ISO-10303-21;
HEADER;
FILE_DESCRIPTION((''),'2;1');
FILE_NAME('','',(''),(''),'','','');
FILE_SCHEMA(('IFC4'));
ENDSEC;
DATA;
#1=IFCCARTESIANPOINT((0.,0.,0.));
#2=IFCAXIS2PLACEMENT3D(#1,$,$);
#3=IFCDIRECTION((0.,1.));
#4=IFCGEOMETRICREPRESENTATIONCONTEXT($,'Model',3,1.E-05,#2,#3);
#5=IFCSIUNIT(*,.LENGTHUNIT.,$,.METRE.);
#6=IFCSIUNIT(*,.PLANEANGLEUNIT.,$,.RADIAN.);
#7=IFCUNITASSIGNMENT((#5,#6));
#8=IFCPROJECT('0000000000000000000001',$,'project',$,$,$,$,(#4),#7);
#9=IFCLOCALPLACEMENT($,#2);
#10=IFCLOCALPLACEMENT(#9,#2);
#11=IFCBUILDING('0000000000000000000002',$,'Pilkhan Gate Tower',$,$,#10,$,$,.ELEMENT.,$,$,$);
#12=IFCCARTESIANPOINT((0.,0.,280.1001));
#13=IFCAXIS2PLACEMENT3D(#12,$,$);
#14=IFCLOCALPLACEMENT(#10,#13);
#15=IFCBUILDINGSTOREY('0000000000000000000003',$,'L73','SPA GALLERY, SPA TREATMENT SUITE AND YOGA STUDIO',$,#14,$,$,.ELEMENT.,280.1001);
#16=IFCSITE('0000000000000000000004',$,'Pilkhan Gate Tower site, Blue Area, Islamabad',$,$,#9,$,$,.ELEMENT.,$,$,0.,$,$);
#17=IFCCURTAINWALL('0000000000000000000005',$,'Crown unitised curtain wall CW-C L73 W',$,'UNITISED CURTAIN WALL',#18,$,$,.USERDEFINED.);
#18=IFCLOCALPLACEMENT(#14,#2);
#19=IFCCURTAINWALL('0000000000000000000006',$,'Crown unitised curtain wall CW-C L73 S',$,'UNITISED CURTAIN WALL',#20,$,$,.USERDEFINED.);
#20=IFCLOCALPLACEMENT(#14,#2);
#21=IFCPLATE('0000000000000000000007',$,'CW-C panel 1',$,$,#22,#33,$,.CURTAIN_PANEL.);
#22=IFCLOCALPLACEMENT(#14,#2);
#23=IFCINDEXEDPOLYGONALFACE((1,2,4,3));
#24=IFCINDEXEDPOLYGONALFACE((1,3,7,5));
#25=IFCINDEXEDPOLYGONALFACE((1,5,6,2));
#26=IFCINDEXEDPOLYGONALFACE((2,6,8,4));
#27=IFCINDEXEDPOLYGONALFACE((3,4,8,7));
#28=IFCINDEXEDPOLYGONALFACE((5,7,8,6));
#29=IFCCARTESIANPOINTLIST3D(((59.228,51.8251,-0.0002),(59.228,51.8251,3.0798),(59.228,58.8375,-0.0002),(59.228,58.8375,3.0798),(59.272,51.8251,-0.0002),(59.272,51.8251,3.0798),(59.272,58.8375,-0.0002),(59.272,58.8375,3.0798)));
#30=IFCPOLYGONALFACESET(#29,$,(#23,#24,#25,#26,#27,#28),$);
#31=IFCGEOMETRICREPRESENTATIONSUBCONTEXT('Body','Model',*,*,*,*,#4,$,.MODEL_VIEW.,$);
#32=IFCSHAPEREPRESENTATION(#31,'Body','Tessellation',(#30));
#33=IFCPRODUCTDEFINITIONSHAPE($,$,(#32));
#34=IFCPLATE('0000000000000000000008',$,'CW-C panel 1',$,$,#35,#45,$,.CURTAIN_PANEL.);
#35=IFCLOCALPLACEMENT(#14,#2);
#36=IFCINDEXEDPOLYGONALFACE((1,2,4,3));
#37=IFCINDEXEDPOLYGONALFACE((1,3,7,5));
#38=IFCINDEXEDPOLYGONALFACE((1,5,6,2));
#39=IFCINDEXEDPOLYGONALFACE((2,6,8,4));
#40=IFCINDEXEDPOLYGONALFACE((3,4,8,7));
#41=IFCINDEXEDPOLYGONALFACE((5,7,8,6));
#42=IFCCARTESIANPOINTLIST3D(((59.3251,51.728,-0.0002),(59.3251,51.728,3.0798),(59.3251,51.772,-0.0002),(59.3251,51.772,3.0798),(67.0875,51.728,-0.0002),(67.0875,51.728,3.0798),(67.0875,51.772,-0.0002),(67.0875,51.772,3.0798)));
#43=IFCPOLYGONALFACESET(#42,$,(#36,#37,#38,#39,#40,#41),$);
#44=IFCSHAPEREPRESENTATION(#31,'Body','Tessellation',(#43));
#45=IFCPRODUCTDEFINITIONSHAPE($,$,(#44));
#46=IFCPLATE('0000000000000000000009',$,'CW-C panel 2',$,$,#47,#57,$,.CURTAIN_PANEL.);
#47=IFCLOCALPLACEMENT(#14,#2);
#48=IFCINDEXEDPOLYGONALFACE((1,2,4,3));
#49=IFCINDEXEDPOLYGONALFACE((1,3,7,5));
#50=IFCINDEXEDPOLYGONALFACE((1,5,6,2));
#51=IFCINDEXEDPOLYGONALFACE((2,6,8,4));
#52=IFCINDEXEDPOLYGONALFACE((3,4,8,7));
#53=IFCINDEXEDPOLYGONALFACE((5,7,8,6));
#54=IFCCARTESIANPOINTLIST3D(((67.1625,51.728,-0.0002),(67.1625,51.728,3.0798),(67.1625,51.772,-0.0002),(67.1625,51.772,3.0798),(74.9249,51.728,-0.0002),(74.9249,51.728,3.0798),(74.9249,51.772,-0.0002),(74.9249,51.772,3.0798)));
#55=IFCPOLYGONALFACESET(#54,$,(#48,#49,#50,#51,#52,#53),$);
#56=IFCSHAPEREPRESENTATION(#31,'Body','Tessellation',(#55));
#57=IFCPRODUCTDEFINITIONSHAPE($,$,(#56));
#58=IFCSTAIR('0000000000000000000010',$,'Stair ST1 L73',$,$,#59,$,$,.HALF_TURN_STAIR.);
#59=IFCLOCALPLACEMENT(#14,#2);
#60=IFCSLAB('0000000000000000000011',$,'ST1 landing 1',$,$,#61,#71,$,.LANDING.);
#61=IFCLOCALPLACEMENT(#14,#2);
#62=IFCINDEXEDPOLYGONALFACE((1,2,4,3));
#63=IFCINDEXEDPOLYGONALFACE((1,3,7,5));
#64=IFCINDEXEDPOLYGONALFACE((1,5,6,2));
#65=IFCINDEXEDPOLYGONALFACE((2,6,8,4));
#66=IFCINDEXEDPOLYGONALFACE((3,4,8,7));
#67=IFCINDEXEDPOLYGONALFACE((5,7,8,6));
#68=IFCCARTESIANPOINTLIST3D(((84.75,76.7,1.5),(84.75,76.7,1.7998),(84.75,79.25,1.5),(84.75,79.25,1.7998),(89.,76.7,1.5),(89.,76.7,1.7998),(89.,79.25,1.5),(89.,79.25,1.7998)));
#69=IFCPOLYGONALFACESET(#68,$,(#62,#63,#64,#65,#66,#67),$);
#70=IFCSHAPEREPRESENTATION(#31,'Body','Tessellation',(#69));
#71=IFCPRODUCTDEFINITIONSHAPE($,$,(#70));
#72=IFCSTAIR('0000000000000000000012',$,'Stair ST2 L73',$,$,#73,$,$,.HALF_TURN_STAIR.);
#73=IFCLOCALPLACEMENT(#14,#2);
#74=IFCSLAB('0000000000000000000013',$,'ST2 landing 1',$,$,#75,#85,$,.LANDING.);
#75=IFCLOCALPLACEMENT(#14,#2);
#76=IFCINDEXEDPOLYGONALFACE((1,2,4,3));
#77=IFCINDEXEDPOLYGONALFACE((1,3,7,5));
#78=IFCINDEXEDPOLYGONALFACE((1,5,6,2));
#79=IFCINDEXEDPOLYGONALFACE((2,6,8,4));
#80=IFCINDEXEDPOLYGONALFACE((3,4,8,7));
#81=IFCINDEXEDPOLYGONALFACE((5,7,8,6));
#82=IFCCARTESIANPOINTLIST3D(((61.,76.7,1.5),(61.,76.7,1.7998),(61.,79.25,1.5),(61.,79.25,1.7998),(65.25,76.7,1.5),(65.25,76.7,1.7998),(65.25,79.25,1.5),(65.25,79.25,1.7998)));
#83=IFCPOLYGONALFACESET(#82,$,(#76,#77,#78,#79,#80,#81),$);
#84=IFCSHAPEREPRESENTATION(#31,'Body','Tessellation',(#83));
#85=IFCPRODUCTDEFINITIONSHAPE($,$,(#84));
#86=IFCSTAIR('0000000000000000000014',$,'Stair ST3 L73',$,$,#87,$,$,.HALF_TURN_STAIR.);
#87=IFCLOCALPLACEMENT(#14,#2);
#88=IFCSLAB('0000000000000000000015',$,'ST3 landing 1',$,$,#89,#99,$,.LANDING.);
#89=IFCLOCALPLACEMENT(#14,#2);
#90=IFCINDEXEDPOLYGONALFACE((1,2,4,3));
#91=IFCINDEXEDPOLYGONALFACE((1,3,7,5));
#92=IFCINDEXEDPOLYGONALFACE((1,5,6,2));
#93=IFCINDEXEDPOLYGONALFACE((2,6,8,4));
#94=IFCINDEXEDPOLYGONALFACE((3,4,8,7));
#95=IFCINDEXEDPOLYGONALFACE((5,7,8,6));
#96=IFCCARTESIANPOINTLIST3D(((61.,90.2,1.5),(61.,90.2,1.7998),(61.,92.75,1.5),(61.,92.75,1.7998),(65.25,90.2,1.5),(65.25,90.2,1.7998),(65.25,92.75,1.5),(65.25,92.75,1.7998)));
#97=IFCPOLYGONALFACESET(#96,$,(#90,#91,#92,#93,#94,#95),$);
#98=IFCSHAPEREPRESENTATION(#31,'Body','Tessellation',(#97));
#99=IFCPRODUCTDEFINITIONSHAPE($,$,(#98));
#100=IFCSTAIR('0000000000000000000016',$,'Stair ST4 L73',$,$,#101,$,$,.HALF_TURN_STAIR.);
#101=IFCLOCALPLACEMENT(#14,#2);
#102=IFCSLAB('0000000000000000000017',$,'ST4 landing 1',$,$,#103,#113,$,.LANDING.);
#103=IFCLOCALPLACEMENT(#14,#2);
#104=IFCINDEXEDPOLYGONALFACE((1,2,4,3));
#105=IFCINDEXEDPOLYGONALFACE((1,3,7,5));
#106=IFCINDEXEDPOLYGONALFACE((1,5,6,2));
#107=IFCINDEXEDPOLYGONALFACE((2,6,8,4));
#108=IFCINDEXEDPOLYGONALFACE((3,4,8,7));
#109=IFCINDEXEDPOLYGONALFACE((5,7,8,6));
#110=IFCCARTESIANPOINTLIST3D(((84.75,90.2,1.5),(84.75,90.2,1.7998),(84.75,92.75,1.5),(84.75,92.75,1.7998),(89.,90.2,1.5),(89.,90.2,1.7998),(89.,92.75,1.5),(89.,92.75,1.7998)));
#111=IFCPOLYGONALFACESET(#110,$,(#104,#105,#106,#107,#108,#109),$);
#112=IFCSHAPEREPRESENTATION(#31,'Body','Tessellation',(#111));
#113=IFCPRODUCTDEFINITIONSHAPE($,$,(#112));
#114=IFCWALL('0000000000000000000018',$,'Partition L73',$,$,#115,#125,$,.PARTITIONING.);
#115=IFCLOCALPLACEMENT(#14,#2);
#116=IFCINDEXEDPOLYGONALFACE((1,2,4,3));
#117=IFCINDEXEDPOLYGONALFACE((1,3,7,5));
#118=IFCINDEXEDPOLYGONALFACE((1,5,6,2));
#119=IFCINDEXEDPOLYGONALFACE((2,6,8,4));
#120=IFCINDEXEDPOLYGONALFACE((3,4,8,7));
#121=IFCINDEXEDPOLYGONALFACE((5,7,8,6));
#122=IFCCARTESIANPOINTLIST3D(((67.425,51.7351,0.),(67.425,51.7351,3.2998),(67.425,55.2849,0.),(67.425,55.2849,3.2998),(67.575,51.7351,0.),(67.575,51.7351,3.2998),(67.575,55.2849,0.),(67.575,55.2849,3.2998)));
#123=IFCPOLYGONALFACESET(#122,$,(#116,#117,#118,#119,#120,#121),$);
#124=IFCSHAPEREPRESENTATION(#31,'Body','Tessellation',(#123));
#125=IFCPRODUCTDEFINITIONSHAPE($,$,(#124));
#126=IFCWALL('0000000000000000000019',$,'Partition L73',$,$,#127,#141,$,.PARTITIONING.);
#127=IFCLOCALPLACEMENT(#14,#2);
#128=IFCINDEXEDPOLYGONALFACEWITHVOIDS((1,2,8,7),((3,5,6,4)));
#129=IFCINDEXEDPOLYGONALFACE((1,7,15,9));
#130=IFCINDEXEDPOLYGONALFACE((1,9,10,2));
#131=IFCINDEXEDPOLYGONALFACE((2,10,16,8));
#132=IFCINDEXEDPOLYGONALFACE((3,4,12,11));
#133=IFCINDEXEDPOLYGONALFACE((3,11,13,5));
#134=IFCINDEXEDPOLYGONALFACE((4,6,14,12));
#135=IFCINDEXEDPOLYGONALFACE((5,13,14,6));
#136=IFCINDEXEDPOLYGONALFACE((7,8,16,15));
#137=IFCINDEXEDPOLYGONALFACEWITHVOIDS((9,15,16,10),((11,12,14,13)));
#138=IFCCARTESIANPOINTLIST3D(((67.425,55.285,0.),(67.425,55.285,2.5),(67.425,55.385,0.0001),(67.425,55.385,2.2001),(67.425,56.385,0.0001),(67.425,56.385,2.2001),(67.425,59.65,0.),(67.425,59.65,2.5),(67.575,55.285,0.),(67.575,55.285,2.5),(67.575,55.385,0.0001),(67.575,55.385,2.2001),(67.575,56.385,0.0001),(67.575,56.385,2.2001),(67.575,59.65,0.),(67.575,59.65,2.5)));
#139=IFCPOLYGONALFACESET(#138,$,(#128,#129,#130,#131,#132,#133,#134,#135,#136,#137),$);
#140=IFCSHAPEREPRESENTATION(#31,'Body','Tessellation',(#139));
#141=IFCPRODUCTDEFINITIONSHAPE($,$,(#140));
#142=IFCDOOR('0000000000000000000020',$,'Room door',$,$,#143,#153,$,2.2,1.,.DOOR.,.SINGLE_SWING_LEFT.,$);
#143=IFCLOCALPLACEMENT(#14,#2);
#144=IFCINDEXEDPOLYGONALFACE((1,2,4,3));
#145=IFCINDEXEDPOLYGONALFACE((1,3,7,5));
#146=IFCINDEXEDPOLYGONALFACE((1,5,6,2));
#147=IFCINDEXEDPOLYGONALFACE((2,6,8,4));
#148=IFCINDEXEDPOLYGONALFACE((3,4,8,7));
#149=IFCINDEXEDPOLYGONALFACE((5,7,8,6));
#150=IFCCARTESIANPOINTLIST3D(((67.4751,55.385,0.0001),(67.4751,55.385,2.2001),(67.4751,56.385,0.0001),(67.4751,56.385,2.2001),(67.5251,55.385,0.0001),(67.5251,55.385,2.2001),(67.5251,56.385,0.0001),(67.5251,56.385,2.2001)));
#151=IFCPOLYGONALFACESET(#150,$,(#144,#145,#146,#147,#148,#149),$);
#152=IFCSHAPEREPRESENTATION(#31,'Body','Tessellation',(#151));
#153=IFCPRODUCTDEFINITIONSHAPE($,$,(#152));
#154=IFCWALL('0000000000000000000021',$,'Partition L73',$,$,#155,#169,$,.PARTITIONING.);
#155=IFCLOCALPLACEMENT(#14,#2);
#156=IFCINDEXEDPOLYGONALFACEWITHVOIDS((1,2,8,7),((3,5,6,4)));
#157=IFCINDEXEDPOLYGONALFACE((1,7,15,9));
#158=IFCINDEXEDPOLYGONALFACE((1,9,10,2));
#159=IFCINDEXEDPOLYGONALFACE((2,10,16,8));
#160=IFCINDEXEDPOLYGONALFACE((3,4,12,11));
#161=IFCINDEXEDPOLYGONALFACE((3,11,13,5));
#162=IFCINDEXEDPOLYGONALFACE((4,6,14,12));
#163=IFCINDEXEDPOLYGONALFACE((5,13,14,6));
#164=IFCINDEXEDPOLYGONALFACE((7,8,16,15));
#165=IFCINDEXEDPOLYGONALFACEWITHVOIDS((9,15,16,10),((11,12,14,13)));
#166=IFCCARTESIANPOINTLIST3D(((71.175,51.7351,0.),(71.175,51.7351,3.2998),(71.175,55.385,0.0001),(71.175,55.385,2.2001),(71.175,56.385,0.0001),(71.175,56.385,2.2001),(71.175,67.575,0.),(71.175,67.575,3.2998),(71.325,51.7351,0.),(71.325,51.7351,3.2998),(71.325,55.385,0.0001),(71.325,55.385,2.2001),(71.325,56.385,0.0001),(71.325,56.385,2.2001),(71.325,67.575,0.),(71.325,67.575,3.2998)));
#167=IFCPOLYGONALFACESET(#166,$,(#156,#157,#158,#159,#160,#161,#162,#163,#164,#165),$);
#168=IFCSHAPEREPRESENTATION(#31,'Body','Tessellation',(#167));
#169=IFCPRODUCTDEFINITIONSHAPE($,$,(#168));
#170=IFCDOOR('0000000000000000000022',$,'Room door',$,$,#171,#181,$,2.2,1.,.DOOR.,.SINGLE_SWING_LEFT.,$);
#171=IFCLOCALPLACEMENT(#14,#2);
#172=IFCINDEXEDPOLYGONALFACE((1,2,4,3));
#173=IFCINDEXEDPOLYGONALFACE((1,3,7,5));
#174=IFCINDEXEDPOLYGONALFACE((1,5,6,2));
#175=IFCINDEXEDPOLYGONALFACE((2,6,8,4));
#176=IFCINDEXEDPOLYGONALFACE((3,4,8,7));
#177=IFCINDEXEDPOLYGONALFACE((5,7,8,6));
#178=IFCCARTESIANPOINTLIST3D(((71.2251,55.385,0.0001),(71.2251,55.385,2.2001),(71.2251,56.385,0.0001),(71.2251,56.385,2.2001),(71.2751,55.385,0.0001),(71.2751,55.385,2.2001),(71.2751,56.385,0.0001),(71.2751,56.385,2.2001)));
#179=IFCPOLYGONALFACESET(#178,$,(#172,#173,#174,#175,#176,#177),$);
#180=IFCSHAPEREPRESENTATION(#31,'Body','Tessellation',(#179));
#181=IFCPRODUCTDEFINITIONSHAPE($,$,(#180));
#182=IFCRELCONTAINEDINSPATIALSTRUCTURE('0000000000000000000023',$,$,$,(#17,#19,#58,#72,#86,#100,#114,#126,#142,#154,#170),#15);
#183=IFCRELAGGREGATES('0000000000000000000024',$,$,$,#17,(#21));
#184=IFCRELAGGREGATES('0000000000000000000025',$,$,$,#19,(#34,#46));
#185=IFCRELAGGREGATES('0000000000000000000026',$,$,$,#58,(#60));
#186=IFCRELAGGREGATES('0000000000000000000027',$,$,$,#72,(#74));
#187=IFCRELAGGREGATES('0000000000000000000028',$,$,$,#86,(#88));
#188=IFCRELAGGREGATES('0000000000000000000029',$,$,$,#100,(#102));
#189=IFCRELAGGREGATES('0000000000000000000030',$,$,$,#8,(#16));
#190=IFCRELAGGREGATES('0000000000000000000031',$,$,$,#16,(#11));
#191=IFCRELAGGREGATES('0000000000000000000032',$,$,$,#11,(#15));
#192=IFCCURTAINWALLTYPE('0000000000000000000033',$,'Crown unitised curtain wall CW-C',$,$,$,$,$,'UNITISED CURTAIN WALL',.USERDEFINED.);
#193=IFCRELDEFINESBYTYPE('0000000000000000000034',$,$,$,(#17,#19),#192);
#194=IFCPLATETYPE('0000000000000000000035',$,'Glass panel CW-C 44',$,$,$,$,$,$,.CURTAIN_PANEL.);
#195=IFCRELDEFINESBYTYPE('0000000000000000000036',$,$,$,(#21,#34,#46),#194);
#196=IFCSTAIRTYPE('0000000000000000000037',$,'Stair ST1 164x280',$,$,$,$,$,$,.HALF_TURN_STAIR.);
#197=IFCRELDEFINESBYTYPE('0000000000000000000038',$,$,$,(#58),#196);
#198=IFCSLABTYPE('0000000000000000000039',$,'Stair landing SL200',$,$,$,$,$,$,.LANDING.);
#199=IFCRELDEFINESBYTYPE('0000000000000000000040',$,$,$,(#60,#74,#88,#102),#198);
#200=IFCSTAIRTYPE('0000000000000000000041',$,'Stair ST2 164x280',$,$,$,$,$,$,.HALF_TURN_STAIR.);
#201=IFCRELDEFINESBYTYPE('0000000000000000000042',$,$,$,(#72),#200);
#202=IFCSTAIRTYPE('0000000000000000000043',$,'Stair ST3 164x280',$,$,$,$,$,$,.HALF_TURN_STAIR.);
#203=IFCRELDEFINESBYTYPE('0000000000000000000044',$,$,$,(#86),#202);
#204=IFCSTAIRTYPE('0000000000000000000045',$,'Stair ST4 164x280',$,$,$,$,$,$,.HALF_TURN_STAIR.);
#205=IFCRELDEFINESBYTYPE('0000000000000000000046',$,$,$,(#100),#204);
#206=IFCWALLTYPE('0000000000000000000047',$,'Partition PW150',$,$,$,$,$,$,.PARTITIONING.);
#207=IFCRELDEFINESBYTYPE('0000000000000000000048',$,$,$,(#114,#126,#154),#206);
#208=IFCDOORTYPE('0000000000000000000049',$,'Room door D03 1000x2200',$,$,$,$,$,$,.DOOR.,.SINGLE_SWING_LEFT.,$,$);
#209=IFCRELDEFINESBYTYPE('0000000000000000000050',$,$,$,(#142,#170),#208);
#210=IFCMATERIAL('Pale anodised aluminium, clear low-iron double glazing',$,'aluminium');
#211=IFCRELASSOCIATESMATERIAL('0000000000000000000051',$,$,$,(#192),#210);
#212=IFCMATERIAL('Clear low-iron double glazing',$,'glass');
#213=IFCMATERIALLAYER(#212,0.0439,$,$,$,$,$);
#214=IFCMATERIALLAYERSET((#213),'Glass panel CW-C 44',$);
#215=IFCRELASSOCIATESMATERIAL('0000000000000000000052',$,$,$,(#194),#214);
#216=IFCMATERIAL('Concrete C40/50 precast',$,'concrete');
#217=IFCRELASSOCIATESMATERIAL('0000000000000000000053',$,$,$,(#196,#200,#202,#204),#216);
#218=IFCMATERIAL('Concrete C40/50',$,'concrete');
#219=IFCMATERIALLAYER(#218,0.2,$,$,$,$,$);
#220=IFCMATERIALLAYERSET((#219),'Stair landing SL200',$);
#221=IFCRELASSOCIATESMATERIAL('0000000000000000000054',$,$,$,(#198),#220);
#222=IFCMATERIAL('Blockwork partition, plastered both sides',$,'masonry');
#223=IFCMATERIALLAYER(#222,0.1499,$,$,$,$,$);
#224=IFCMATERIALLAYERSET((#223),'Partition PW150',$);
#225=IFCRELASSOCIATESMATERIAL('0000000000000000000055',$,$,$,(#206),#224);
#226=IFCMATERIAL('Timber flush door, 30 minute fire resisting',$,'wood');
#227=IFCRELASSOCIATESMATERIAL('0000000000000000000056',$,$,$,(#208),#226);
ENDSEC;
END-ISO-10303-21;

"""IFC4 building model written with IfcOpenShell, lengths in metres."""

from ifc_helpers import new_model, si_unit, direction, frame, frame_2d, origin, origin_2d, place, context, subcontext, project, spatial, polyline, rectangle, outline, extrude, material, layer, layer_set, type_object, element, fill, aggregate, save


model = new_model("IFC4")

# Units and contexts
model_context = context("Model", 3, precision=1e-05, world=origin(), true_north=direction((0.0, 1.0)))
body_context = subcontext(model_context, "Body", "Model", "MODEL_VIEW")
ifc_project = project(units=[si_unit("LENGTHUNIT", "METRE"), si_unit("PLANEANGLEUNIT", "RADIAN")], contexts=[model_context])

# Site, building, storey
site_placement = place(None, origin())
site = spatial("IfcSite", under=ifc_project, at=site_placement, Name="Pilkhan Gate Tower site, Blue Area, Islamabad", CompositionType="ELEMENT", RefElevation=0.0)
building_placement = place(site_placement, origin())
building = spatial("IfcBuilding", under=site, at=building_placement, Name="Pilkhan Gate Tower", CompositionType="ELEMENT")
storey_placement = place(building_placement, frame((0.0, 0.0, 280.1001)))
storey = spatial("IfcBuildingStorey", under=building, at=storey_placement, Name="L73", Description="SPA GALLERY, SPA TREATMENT SUITE AND YOGA STUDIO", CompositionType="ELEMENT", Elevation=280.1001)

# Shared definitions
ifc_material_1 = material(Name="Concrete C40/50", Category="concrete")

# Curtain walls
ifc_material_2 = material(Name="Pale anodised aluminium, clear low-iron double glazing", Category="aluminium")
curtain_wall_type = type_object("IfcCurtainWallType", Name="Crown unitised curtain wall CW-C", ElementType="UNITISED CURTAIN WALL", PredefinedType="USERDEFINED", material=ifc_material_2)
curtain_wall_1_placement = place(storey_placement, origin())
curtain_wall_1 = element("IfcCurtainWall", 1, at=curtain_wall_1_placement, inside=storey, type_object=curtain_wall_type, Name="Crown unitised curtain wall CW-C L73 W", ObjectType="UNITISED CURTAIN WALL", PredefinedType="USERDEFINED")
curtain_wall_2_placement = place(storey_placement, origin())
curtain_wall_2 = element("IfcCurtainWall", 2, at=curtain_wall_2_placement, inside=storey, type_object=curtain_wall_type, Name="Crown unitised curtain wall CW-C L73 S", ObjectType="UNITISED CURTAIN WALL", PredefinedType="USERDEFINED")

# Plates
ifc_material_3 = material(Name="Clear low-iron double glazing", Category="glass")
ifc_layer_1 = layer(ifc_material_3, 0.0439)
ifc_layer_set_1 = layer_set([ifc_layer_1], Name="Glass panel CW-C 44")
plate_type = type_object("IfcPlateType", Name="Glass panel CW-C 44", PredefinedType="CURTAIN_PANEL", material=ifc_layer_set_1)
plate_1_placement = place(storey_placement, frame((59.25, 55.3313, -0.0002), z_axis=(0.0, 0.0, 1.0), x_axis=(0.0, 1.0, 0.0)))
plate_1 = element("IfcPlate", 3, at=plate_1_placement, type_object=plate_type, Name="CW-C panel 1", PredefinedType="CURTAIN_PANEL", context=body_context, shape_type="SweptSolid", body=[
    extrude(rectangle(XDim=7.0125, YDim=0.0439, at=origin_2d()), origin(), (0.0, 0.0, 1.0), 3.0801),
])
aggregate(curtain_wall_1, [plate_1])
plate_2_placement = place(storey_placement, frame((63.2063, 51.75, -0.0002), z_axis=(0.0, 0.0, 1.0), x_axis=(1.0, 0.0, 0.0)))
plate_2 = element("IfcPlate", 4, at=plate_2_placement, type_object=plate_type, Name="CW-C panel 1", PredefinedType="CURTAIN_PANEL", context=body_context, shape_type="SweptSolid", body=[
    extrude(rectangle(XDim=7.7625, YDim=0.0439, at=origin_2d()), origin(), (0.0, 0.0, 1.0), 3.0801),
])
plate_3_placement = place(storey_placement, frame((71.0437, 51.75, -0.0002), z_axis=(0.0, 0.0, 1.0), x_axis=(1.0, 0.0, 0.0)))
plate_3 = element("IfcPlate", 5, at=plate_3_placement, type_object=plate_type, Name="CW-C panel 2", PredefinedType="CURTAIN_PANEL", context=body_context, shape_type="SweptSolid", body=[
    extrude(rectangle(XDim=7.7625, YDim=0.0439, at=origin_2d()), origin(), (0.0, 0.0, 1.0), 3.0801),
])
aggregate(curtain_wall_2, [plate_2, plate_3])

# Stairs, slabs
ifc_material_4 = material(Name="Concrete C40/50 precast", Category="concrete")
stair_type_1 = type_object("IfcStairType", Name="Stair ST1 164x280", PredefinedType="HALF_TURN_STAIR", material=ifc_material_4)
stair_1_placement = place(storey_placement, origin())
stair_1 = element("IfcStair", 6, at=stair_1_placement, inside=storey, type_object=stair_type_1, Name="Stair ST1 L73", PredefinedType="HALF_TURN_STAIR")
ifc_layer_2 = layer(ifc_material_1, 0.2)
ifc_layer_set_2 = layer_set([ifc_layer_2], Name="Stair landing SL200")
slab_type_1 = type_object("IfcSlabType", Name="Stair landing SL200", PredefinedType="LANDING", material=ifc_layer_set_2)
slab_1_placement = place(storey_placement, frame((0.0, 0.0, 1.5)))
slab_1 = element("IfcSlab", 7, at=slab_1_placement, type_object=slab_type_1, Name="ST1 landing 1", PredefinedType="LANDING", context=body_context, shape_type="SweptSolid", body=[
    extrude(outline(polyline([(89.0, 76.7), (89.0, 79.25), (84.75, 79.25), (84.75, 76.7), (89.0, 76.7)])), origin(), (0.0, 0.0, 1.0), 0.2998),
])
aggregate(stair_1, [slab_1])
stair_type_2 = type_object("IfcStairType", Name="Stair ST2 164x280", PredefinedType="HALF_TURN_STAIR", material=ifc_material_4)
stair_2_placement = place(storey_placement, origin())
stair_2 = element("IfcStair", 8, at=stair_2_placement, inside=storey, type_object=stair_type_2, Name="Stair ST2 L73", PredefinedType="HALF_TURN_STAIR")
slab_2_placement = place(storey_placement, frame((0.0, 0.0, 1.5)))
slab_2 = element("IfcSlab", 9, at=slab_2_placement, type_object=slab_type_1, Name="ST2 landing 1", PredefinedType="LANDING", context=body_context, shape_type="SweptSolid", body=[
    extrude(outline(polyline([(65.25, 76.7), (65.25, 79.25), (61.0, 79.25), (61.0, 76.7), (65.25, 76.7)])), origin(), (0.0, 0.0, 1.0), 0.2998),
])
aggregate(stair_2, [slab_2])
stair_type_3 = type_object("IfcStairType", Name="Stair ST3 164x280", PredefinedType="HALF_TURN_STAIR", material=ifc_material_4)
stair_3_placement = place(storey_placement, origin())
stair_3 = element("IfcStair", 10, at=stair_3_placement, inside=storey, type_object=stair_type_3, Name="Stair ST3 L73", PredefinedType="HALF_TURN_STAIR")
slab_3_placement = place(storey_placement, frame((0.0, 0.0, 1.5)))
slab_3 = element("IfcSlab", 11, at=slab_3_placement, type_object=slab_type_1, Name="ST3 landing 1", PredefinedType="LANDING", context=body_context, shape_type="SweptSolid", body=[
    extrude(outline(polyline([(65.25, 90.2), (65.25, 92.75), (61.0, 92.75), (61.0, 90.2), (65.25, 90.2)])), origin(), (0.0, 0.0, 1.0), 0.2998),
])
aggregate(stair_3, [slab_3])
stair_type_4 = type_object("IfcStairType", Name="Stair ST4 164x280", PredefinedType="HALF_TURN_STAIR", material=ifc_material_4)
stair_4_placement = place(storey_placement, origin())
stair_4 = element("IfcStair", 12, at=stair_4_placement, inside=storey, type_object=stair_type_4, Name="Stair ST4 L73", PredefinedType="HALF_TURN_STAIR")
slab_4_placement = place(storey_placement, frame((0.0, 0.0, 1.5)))
slab_4 = element("IfcSlab", 13, at=slab_4_placement, type_object=slab_type_1, Name="ST4 landing 1", PredefinedType="LANDING", context=body_context, shape_type="SweptSolid", body=[
    extrude(outline(polyline([(89.0, 90.2), (89.0, 92.75), (84.75, 92.75), (84.75, 90.2), (89.0, 90.2)])), origin(), (0.0, 0.0, 1.0), 0.2998),
])
aggregate(stair_4, [slab_4])

# Wall
ifc_material_5 = material(Name="Blockwork partition, plastered both sides", Category="masonry")
ifc_layer_3 = layer(ifc_material_5, 0.1499)
ifc_layer_set_3 = layer_set([ifc_layer_3], Name="Partition PW150")
wall_type = type_object("IfcWallType", Name="Partition PW150", PredefinedType="PARTITIONING", material=ifc_layer_set_3)
wall_1_placement = place(storey_placement, frame((67.5, 51.7351, 0.0), z_axis=(0.0, 0.0, 1.0), x_axis=(0.0, 1.0, 0.0)))
element("IfcWall", 14, at=wall_1_placement, inside=storey, type_object=wall_type, Name="Partition L73", PredefinedType="PARTITIONING", context=body_context, shape_type="SweptSolid", body=[
    extrude(rectangle(XDim=3.5498, YDim=0.1499, at=frame_2d((1.7749, 0.0))), origin(), (0.0, 0.0, 1.0), 3.2998),
])

# Walls, openings, doors
wall_2_placement = place(storey_placement, frame((67.5, 55.2849, 0.0), z_axis=(0.0, 0.0, 1.0), x_axis=(0.0, 1.0, 0.0)))
wall_2 = element("IfcWall", 15, at=wall_2_placement, inside=storey, type_object=wall_type, Name="Partition L73", PredefinedType="PARTITIONING", context=body_context, shape_type="SweptSolid", body=[
    extrude(rectangle(XDim=4.365, YDim=0.1499, at=frame_2d((2.1826, 0.0))), origin(), (0.0, 0.0, 1.0), 2.5),
])
opening_1_placement = place(wall_2_placement, frame((0.1001, 0.0, 0.0)))
opening_1 = element("IfcOpeningElement", 16, at=opening_1_placement, cuts=wall_2, PredefinedType="OPENING", context=body_context, shape_type="SweptSolid", body=[
    extrude(rectangle(XDim=1.0, YDim=2.2, at=frame_2d((0.5, 1.1001))), frame((0.0, 0.085, 0.0), z_axis=(0.0, -1.0, 0.0), x_axis=(1.0, 0.0, 0.0)), (0.0, 0.0, 1.0), 0.1699),
])
ifc_material_6 = material(Name="Timber flush door, 30 minute fire resisting", Category="wood")
door_type = type_object("IfcDoorType", Name="Room door D03 1000x2200", OperationType="SINGLE_SWING_LEFT", PredefinedType="DOOR", material=ifc_material_6)
door_1_placement = place(opening_1_placement, origin())
door_1 = element("IfcDoor", 17, at=door_1_placement, inside=storey, type_object=door_type, Name="Room door", OperationType="SINGLE_SWING_LEFT", OverallHeight=2.2, OverallWidth=1.0, PredefinedType="DOOR", context=body_context, shape_type="SweptSolid", body=[
    extrude(rectangle(XDim=1.0, YDim=2.2, at=frame_2d((0.5, 1.1001))), frame((0.0, 0.0249, 0.0), z_axis=(0.0, -1.0, 0.0), x_axis=(1.0, 0.0, 0.0)), (0.0, 0.0, 1.0), 0.05),
])
fill(opening_1, door_1)
wall_3_placement = place(storey_placement, frame((71.25, 51.7351, 0.0), z_axis=(0.0, 0.0, 1.0), x_axis=(0.0, 1.0, 0.0)))
wall_3 = element("IfcWall", 18, at=wall_3_placement, inside=storey, type_object=wall_type, Name="Partition L73", PredefinedType="PARTITIONING", context=body_context, shape_type="SweptSolid", body=[
    extrude(rectangle(XDim=15.8398, YDim=0.1499, at=frame_2d((7.9199, 0.0))), origin(), (0.0, 0.0, 1.0), 3.2998),
])
opening_2_placement = place(wall_3_placement, frame((3.6499, 0.0, 0.0)))
opening_2 = element("IfcOpeningElement", 19, at=opening_2_placement, cuts=wall_3, PredefinedType="OPENING", context=body_context, shape_type="SweptSolid", body=[
    extrude(rectangle(XDim=1.0, YDim=2.2, at=frame_2d((0.5, 1.1001))), frame((0.0, 0.085, 0.0), z_axis=(0.0, -1.0, 0.0), x_axis=(1.0, 0.0, 0.0)), (0.0, 0.0, 1.0), 0.1699),
])
door_2_placement = place(opening_2_placement, origin())
door_2 = element("IfcDoor", 20, at=door_2_placement, inside=storey, type_object=door_type, Name="Room door", OperationType="SINGLE_SWING_LEFT", OverallHeight=2.2, OverallWidth=1.0, PredefinedType="DOOR", context=body_context, shape_type="SweptSolid", body=[
    extrude(rectangle(XDim=1.0, YDim=2.2, at=frame_2d((0.5, 1.1001))), frame((0.0, 0.0249, 0.0), z_axis=(0.0, -1.0, 0.0), x_axis=(1.0, 0.0, 0.0)), (0.0, 0.0, 1.0), 0.05),
])
fill(opening_2, door_2)

save(model, "model.ifc")
